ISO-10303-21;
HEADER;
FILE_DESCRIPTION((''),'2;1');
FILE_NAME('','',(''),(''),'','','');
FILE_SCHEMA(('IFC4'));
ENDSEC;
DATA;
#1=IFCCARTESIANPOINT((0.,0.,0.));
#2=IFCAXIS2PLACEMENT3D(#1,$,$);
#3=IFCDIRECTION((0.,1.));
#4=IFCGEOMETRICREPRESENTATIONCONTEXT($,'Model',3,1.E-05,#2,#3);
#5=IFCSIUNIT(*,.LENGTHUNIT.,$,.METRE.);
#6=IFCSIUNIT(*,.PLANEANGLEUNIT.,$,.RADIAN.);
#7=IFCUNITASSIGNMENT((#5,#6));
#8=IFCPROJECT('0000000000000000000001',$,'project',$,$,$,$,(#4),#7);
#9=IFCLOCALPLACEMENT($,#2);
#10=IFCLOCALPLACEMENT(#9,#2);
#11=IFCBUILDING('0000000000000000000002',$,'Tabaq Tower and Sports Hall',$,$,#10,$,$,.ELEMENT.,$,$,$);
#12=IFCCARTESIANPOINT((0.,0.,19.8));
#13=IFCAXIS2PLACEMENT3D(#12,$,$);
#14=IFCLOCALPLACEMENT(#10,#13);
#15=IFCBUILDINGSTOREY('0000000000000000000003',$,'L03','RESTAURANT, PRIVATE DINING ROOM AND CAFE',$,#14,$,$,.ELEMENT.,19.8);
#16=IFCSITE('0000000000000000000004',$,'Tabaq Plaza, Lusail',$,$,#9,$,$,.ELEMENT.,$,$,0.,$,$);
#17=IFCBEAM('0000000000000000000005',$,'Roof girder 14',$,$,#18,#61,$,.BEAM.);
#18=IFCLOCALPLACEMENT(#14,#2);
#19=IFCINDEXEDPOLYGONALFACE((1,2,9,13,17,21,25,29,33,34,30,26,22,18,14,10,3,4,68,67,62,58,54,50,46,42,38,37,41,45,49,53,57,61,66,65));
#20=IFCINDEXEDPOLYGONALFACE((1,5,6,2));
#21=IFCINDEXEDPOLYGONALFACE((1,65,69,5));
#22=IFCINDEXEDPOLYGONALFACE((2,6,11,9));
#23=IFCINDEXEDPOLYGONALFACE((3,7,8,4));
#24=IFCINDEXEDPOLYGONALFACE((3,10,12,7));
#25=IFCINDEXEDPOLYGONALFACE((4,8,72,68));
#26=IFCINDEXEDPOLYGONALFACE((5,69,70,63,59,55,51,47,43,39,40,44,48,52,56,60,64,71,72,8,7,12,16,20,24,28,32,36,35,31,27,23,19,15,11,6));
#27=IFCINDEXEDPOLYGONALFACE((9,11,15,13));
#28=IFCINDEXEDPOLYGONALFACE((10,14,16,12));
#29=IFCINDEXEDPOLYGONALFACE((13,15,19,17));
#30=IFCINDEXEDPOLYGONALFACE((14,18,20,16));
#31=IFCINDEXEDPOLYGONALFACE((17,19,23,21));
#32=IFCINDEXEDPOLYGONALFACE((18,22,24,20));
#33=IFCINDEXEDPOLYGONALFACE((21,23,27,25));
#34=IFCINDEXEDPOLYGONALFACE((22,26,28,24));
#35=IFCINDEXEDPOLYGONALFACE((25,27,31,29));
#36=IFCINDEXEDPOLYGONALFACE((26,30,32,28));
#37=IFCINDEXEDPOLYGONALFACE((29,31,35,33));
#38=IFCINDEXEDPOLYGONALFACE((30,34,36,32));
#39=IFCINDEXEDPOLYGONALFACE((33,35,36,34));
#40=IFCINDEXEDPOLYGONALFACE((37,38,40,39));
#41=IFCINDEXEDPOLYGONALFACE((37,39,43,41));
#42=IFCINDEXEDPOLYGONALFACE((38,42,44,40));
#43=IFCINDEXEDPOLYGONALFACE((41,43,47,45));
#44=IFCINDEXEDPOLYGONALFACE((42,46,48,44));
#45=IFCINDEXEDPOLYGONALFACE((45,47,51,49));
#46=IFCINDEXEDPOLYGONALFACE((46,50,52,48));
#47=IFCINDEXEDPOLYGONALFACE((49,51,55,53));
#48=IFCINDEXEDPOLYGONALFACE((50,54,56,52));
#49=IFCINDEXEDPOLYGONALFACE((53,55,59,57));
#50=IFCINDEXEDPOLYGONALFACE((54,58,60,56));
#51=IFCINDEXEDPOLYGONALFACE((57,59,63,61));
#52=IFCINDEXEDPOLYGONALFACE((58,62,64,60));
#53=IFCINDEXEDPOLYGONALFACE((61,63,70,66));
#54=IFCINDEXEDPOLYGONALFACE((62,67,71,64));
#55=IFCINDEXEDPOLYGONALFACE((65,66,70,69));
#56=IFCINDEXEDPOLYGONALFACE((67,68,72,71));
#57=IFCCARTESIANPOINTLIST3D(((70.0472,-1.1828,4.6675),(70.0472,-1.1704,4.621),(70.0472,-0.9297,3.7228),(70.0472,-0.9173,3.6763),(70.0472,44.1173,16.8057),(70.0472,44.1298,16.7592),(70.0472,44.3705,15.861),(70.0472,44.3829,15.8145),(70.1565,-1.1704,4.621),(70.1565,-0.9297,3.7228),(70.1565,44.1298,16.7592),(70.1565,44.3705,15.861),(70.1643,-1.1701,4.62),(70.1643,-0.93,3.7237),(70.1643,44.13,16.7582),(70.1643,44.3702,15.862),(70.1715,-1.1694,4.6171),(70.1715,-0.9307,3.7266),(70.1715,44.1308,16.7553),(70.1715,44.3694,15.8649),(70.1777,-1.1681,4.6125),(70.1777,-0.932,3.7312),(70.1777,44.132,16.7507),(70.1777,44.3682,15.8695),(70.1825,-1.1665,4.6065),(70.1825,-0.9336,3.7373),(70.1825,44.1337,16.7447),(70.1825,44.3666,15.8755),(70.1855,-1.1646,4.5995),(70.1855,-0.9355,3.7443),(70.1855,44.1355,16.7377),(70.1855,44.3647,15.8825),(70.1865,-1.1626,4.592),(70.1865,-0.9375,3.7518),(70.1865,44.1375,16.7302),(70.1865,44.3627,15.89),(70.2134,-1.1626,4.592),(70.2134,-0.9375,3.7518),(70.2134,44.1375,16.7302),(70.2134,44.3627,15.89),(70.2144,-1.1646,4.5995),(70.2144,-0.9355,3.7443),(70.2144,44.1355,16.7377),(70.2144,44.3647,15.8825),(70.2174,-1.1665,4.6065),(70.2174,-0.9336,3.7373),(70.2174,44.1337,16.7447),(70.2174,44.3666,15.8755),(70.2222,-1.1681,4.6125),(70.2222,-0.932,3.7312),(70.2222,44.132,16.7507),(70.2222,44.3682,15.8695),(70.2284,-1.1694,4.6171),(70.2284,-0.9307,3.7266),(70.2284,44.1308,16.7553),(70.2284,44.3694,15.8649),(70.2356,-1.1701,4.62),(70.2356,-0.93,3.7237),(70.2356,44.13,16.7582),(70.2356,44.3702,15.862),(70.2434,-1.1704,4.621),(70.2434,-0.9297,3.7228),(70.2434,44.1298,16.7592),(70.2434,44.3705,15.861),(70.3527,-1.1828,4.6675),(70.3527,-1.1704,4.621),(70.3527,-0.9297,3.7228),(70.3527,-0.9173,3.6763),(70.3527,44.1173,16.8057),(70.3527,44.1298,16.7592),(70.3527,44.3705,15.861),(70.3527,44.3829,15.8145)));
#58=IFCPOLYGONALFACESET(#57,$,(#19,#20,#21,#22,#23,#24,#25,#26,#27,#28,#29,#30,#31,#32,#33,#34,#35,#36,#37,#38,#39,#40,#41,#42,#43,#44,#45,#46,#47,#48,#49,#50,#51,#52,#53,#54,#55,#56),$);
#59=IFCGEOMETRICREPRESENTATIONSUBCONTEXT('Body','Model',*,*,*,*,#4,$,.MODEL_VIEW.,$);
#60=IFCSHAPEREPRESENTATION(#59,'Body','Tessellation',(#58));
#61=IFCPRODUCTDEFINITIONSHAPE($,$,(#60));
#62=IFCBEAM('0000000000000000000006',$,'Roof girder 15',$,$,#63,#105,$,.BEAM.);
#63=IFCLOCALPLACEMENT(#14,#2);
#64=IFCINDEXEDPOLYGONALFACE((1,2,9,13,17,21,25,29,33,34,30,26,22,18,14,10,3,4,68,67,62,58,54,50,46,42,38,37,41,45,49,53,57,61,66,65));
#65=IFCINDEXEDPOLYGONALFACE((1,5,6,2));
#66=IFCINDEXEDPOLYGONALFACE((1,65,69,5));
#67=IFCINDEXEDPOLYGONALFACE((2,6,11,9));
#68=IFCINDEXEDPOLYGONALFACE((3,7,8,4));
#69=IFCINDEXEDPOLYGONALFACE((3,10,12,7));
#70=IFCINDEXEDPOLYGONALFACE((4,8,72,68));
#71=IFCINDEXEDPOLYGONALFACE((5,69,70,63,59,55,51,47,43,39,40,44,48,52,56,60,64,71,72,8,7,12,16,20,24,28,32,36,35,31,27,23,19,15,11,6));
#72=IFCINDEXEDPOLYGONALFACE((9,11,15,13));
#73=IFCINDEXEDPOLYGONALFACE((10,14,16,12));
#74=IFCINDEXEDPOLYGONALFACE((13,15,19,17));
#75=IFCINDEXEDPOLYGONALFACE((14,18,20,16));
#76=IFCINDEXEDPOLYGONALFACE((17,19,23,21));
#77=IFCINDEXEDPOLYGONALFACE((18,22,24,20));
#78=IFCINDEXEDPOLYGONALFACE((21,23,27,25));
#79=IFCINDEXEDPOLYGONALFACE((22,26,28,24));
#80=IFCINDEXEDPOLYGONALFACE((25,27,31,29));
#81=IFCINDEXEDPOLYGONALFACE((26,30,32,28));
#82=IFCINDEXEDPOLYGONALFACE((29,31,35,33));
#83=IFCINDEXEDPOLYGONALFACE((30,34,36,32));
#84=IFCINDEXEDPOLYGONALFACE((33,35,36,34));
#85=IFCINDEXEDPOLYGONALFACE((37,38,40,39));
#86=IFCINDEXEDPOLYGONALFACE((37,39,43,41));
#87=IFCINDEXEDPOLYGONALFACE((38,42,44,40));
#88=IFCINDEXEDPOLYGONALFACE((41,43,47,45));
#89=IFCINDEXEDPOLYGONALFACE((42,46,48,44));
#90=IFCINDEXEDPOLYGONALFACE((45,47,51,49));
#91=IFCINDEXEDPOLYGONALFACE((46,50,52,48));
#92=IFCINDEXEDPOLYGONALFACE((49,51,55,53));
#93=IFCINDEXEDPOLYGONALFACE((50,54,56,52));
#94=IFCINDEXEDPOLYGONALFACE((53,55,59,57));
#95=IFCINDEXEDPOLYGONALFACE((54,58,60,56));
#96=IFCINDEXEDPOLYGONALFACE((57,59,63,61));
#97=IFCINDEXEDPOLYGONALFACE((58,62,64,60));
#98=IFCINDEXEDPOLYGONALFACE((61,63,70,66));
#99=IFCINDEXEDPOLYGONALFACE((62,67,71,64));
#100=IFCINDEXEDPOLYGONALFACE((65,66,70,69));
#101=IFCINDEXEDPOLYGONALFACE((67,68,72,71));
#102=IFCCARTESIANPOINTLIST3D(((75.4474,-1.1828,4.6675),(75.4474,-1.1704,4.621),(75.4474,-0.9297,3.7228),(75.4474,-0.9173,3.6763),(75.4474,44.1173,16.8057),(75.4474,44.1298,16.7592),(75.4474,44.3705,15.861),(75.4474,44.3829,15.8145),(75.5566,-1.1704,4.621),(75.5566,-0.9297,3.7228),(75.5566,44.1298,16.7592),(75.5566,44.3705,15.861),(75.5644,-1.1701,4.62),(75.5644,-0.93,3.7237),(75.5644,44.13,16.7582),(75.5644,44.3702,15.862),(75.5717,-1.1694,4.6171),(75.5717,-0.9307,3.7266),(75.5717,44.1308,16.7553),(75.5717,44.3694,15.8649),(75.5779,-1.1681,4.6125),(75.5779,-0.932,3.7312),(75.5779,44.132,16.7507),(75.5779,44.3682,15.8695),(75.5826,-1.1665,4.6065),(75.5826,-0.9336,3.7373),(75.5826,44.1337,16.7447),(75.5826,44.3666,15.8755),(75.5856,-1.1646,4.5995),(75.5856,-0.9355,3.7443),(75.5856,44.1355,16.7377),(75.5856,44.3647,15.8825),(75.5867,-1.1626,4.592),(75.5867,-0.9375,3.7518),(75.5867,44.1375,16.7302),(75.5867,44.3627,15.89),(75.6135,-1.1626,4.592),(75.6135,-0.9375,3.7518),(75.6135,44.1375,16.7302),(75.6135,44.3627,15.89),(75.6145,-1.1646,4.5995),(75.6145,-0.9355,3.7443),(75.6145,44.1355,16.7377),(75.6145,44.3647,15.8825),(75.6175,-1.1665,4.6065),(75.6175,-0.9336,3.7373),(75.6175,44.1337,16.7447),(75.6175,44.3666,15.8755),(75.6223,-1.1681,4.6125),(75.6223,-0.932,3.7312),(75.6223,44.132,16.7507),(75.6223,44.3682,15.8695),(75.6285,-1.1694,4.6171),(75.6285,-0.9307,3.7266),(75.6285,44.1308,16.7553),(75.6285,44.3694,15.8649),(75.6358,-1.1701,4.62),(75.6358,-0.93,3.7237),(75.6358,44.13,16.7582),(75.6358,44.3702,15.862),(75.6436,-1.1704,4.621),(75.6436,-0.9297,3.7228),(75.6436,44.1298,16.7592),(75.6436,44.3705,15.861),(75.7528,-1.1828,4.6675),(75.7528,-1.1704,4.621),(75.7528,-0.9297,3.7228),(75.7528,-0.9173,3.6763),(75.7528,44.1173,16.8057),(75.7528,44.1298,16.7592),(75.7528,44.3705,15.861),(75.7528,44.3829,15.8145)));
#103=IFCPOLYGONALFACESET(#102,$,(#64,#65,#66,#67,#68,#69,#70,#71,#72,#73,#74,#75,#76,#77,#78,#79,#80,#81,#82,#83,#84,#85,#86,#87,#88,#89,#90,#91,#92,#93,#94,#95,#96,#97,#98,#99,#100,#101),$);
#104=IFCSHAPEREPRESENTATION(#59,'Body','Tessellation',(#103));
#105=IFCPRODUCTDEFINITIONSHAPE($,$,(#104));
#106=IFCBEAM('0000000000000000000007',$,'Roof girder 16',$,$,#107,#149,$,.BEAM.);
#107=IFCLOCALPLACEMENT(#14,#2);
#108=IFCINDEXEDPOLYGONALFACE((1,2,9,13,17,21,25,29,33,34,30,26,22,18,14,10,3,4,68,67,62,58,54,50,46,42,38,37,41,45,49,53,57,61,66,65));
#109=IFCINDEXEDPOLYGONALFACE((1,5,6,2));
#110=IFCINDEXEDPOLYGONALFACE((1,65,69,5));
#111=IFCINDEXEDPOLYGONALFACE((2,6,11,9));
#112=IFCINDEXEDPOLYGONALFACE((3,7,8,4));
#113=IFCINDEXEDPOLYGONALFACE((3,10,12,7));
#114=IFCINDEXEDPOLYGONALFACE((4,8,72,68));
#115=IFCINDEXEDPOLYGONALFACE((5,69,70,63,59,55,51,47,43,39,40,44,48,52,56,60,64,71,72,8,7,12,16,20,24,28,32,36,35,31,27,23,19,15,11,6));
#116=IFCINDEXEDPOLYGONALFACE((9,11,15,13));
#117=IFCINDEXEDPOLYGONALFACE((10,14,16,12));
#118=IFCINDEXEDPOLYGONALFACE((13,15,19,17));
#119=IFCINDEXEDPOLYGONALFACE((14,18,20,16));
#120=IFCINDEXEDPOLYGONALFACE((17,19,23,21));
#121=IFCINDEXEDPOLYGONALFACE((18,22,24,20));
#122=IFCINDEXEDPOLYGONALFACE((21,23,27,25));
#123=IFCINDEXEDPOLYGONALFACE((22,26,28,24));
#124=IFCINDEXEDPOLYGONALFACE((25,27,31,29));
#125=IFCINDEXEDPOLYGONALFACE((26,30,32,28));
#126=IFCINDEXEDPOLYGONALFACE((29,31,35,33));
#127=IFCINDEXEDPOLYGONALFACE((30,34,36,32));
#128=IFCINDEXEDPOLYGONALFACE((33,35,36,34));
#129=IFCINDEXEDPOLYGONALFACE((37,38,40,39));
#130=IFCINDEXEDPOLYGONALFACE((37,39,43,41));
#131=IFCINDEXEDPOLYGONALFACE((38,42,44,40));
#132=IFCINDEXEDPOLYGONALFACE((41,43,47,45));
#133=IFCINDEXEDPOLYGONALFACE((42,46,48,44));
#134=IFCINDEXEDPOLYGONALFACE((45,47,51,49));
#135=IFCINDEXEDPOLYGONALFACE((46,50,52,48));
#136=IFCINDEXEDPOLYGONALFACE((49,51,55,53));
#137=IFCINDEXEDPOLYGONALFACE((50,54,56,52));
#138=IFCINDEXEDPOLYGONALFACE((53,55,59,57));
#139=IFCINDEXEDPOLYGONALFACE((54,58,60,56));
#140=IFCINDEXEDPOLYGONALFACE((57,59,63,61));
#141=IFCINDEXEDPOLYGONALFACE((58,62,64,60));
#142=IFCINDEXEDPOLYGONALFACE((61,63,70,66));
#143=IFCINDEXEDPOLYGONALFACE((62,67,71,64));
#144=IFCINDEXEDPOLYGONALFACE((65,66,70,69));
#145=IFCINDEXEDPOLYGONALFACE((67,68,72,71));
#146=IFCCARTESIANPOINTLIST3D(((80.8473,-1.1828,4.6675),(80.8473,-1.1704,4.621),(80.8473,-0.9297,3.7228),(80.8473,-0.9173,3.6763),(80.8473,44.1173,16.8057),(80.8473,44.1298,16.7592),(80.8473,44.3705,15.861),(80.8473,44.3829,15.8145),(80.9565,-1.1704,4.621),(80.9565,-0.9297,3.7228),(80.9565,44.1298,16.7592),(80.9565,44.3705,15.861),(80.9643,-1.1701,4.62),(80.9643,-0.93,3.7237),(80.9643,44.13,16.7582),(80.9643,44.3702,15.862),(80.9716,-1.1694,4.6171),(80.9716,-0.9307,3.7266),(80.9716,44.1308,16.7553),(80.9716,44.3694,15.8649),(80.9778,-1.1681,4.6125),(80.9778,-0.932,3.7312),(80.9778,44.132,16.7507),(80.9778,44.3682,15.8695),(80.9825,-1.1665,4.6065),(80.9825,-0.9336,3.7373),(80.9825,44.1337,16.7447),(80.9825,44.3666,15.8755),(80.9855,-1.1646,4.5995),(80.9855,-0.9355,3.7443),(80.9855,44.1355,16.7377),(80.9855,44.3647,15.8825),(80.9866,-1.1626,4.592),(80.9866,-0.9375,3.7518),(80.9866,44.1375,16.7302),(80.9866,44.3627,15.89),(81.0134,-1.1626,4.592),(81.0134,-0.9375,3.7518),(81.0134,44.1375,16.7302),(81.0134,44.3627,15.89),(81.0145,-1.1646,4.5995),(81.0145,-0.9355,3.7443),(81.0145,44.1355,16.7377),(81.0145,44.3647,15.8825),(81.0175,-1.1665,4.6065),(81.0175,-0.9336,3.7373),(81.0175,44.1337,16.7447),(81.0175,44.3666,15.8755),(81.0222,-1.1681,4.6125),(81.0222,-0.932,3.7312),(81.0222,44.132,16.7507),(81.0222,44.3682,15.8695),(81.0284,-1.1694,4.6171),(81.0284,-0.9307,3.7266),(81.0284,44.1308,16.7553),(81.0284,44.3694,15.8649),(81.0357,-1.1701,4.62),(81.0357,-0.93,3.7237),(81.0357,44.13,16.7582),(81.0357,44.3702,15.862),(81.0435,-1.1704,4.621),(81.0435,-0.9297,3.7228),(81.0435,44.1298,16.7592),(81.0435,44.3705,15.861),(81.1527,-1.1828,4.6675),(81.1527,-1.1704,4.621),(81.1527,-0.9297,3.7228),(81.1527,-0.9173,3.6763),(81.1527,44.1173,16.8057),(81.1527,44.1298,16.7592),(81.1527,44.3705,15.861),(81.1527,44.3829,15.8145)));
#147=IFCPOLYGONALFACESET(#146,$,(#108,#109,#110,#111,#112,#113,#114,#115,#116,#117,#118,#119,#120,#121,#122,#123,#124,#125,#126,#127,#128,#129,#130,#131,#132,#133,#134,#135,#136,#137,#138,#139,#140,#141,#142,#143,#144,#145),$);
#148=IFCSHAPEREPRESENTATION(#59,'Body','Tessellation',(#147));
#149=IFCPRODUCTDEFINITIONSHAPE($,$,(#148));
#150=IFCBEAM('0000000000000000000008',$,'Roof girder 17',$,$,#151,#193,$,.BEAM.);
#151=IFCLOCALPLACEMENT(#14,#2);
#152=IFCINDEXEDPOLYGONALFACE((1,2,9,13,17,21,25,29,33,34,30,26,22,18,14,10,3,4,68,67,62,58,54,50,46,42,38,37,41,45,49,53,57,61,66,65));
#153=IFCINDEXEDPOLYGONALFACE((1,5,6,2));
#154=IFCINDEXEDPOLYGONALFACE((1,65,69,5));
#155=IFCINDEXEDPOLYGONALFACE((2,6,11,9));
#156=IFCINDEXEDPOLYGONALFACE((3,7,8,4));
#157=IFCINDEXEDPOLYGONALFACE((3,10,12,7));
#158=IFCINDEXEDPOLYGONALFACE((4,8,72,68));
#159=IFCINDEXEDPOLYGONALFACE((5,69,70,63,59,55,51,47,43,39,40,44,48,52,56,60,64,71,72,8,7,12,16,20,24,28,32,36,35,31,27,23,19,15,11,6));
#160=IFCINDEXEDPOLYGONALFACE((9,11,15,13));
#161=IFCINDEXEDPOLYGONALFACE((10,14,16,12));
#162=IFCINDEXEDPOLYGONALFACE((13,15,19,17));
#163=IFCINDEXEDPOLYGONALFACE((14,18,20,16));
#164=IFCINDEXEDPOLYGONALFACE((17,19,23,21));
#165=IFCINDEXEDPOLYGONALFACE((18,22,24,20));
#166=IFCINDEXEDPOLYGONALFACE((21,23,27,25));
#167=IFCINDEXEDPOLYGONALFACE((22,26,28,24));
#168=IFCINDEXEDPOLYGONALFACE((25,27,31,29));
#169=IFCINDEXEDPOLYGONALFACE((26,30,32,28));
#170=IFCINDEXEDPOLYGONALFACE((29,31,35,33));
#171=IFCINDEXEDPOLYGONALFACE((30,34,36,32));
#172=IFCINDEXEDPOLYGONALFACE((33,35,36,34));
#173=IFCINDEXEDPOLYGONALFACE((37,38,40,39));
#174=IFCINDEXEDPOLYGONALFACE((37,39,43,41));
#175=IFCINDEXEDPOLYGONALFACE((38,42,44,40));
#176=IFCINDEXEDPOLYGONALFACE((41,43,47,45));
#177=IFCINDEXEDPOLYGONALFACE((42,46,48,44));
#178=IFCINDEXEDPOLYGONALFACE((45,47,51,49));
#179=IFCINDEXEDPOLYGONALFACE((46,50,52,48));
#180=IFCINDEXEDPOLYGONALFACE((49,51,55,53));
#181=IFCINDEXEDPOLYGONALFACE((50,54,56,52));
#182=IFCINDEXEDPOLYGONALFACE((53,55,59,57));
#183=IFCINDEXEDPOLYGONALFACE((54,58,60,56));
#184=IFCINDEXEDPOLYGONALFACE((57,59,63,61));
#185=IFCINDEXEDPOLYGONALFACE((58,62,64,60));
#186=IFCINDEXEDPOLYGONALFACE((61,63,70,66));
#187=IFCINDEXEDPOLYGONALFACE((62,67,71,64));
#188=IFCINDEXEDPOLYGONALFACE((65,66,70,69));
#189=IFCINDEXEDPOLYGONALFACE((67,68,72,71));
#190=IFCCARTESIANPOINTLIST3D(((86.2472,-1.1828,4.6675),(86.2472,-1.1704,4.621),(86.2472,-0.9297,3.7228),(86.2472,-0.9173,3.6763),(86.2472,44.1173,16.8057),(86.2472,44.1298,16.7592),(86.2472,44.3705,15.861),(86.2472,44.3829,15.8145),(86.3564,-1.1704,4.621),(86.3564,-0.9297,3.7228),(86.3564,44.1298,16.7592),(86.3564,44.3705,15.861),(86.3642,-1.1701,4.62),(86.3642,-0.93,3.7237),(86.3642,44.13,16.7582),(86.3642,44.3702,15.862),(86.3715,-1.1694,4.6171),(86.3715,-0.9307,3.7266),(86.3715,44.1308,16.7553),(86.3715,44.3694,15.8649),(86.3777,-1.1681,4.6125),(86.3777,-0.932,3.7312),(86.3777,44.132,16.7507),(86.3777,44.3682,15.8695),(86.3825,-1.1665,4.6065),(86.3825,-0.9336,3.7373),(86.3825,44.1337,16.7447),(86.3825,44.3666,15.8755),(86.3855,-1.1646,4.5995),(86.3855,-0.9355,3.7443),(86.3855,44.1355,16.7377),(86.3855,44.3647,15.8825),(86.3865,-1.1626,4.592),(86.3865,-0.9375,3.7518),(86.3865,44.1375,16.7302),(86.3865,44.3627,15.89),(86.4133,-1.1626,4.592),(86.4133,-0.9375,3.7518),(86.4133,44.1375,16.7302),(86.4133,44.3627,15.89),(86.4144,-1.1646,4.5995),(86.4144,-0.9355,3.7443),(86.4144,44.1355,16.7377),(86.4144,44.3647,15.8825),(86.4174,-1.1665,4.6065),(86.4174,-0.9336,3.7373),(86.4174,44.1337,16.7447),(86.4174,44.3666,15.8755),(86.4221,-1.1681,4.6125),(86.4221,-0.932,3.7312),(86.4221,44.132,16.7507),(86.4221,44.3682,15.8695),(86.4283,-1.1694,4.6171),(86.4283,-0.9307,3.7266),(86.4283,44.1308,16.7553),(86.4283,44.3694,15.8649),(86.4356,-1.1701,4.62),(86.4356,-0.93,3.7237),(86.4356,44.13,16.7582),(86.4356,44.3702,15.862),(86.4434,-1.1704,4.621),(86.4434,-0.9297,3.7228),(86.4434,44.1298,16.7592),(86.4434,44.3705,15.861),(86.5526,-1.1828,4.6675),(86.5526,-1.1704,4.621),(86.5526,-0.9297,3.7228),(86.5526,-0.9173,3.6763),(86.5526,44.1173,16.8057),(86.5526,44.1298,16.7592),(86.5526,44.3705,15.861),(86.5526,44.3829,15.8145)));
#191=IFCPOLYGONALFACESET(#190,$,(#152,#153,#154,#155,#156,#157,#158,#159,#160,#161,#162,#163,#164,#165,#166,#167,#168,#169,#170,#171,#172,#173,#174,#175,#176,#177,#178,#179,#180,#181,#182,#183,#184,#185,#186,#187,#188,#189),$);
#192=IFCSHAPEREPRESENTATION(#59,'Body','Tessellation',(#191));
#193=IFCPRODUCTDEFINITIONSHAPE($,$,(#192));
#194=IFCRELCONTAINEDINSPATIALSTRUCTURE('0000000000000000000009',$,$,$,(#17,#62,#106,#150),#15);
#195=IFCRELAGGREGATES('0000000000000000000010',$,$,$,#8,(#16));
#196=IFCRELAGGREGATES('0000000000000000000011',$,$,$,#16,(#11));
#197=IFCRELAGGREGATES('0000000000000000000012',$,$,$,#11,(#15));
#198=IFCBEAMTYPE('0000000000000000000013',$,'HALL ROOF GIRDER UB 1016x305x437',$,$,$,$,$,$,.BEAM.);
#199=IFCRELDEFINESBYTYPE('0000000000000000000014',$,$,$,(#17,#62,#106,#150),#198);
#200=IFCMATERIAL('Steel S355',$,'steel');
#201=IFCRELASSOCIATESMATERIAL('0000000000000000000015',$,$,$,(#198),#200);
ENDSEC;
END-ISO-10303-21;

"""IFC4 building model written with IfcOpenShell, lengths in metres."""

from ifc_helpers import new_model, si_unit, direction, frame, origin, origin_2d, place, context, subcontext, project, spatial, i_section, extrude, material, material_profile, profile_set, type_object, element, save


model = new_model("IFC4")

# Units and contexts
model_context = context("Model", 3, precision=1e-05, world=origin(), true_north=direction((0.0, 1.0)))
body_context = subcontext(model_context, "Body", "Model", "MODEL_VIEW")
ifc_project = project(units=[si_unit("LENGTHUNIT", "METRE"), si_unit("PLANEANGLEUNIT", "RADIAN")], contexts=[model_context])

# Site, building, storey
site_placement = place(None, origin())
site = spatial("IfcSite", under=ifc_project, at=site_placement, Name="Tabaq Plaza, Lusail", CompositionType="ELEMENT", RefElevation=0.0)
building_placement = place(site_placement, origin())
building = spatial("IfcBuilding", under=site, at=building_placement, Name="Tabaq Tower and Sports Hall", CompositionType="ELEMENT")
storey_placement = place(building_placement, frame((0.0, 0.0, 19.8)))
storey = spatial("IfcBuildingStorey", under=building, at=storey_placement, Name="L03", Description="RESTAURANT, PRIVATE DINING ROOM AND CAFE", CompositionType="ELEMENT", Elevation=19.8)

# Beams
ifc_material_1 = material(Name="Steel S355", Category="steel")
ifc_material_profile_1 = material_profile(ifc_material_1, i_section(OverallWidth=0.3054, OverallDepth=1.0261, WebThickness=0.0269, FlangeThickness=0.0481, FilletRadius=0.03, at=origin_2d()), Name="UB 1016x305x437")
ifc_profile_set_1 = profile_set([ifc_material_profile_1], Name="Steel S355")
beam_type_1 = type_object("IfcBeamType", Name="HALL ROOF GIRDER UB 1016x305x437", PredefinedType="BEAM", material=ifc_profile_set_1)
for number, where, z_axis, x_axis, name in (
    (1, (70.2, -1.05, 4.1719), (0.0, 0.965925, 0.25882), (-1.0, 0.0, 0.0), "Roof girder 14"),
    (2, (75.6001, -1.05, 4.1719), (0.0, 0.965925, 0.25882), (-1.0, 0.0, 0.0), "Roof girder 15"),
    (3, (81.0, -1.05, 4.1719), (0.0, 0.965925, 0.25882), (-1.0, 0.0, 0.0), "Roof girder 16"),
    (4, (86.3999, -1.05, 4.1719), (0.0, 0.965925, 0.25882), (-1.0, 0.0, 0.0), "Roof girder 17"),
):
    element("IfcBeam", number, at=place(storey_placement, frame(where, z_axis=z_axis, x_axis=x_axis)), inside=storey, type_object=beam_type_1, Name=name, PredefinedType="BEAM", context=body_context, shape_type="SweptSolid", body=[
        extrude(i_section(OverallWidth=0.3054, OverallDepth=1.0261, WebThickness=0.0269, FlangeThickness=0.0481, FilletRadius=0.03, at=origin_2d()), origin(), (0.0, 0.0, 1.0), 46.8982),
    ])

save(model, "model.ifc")
